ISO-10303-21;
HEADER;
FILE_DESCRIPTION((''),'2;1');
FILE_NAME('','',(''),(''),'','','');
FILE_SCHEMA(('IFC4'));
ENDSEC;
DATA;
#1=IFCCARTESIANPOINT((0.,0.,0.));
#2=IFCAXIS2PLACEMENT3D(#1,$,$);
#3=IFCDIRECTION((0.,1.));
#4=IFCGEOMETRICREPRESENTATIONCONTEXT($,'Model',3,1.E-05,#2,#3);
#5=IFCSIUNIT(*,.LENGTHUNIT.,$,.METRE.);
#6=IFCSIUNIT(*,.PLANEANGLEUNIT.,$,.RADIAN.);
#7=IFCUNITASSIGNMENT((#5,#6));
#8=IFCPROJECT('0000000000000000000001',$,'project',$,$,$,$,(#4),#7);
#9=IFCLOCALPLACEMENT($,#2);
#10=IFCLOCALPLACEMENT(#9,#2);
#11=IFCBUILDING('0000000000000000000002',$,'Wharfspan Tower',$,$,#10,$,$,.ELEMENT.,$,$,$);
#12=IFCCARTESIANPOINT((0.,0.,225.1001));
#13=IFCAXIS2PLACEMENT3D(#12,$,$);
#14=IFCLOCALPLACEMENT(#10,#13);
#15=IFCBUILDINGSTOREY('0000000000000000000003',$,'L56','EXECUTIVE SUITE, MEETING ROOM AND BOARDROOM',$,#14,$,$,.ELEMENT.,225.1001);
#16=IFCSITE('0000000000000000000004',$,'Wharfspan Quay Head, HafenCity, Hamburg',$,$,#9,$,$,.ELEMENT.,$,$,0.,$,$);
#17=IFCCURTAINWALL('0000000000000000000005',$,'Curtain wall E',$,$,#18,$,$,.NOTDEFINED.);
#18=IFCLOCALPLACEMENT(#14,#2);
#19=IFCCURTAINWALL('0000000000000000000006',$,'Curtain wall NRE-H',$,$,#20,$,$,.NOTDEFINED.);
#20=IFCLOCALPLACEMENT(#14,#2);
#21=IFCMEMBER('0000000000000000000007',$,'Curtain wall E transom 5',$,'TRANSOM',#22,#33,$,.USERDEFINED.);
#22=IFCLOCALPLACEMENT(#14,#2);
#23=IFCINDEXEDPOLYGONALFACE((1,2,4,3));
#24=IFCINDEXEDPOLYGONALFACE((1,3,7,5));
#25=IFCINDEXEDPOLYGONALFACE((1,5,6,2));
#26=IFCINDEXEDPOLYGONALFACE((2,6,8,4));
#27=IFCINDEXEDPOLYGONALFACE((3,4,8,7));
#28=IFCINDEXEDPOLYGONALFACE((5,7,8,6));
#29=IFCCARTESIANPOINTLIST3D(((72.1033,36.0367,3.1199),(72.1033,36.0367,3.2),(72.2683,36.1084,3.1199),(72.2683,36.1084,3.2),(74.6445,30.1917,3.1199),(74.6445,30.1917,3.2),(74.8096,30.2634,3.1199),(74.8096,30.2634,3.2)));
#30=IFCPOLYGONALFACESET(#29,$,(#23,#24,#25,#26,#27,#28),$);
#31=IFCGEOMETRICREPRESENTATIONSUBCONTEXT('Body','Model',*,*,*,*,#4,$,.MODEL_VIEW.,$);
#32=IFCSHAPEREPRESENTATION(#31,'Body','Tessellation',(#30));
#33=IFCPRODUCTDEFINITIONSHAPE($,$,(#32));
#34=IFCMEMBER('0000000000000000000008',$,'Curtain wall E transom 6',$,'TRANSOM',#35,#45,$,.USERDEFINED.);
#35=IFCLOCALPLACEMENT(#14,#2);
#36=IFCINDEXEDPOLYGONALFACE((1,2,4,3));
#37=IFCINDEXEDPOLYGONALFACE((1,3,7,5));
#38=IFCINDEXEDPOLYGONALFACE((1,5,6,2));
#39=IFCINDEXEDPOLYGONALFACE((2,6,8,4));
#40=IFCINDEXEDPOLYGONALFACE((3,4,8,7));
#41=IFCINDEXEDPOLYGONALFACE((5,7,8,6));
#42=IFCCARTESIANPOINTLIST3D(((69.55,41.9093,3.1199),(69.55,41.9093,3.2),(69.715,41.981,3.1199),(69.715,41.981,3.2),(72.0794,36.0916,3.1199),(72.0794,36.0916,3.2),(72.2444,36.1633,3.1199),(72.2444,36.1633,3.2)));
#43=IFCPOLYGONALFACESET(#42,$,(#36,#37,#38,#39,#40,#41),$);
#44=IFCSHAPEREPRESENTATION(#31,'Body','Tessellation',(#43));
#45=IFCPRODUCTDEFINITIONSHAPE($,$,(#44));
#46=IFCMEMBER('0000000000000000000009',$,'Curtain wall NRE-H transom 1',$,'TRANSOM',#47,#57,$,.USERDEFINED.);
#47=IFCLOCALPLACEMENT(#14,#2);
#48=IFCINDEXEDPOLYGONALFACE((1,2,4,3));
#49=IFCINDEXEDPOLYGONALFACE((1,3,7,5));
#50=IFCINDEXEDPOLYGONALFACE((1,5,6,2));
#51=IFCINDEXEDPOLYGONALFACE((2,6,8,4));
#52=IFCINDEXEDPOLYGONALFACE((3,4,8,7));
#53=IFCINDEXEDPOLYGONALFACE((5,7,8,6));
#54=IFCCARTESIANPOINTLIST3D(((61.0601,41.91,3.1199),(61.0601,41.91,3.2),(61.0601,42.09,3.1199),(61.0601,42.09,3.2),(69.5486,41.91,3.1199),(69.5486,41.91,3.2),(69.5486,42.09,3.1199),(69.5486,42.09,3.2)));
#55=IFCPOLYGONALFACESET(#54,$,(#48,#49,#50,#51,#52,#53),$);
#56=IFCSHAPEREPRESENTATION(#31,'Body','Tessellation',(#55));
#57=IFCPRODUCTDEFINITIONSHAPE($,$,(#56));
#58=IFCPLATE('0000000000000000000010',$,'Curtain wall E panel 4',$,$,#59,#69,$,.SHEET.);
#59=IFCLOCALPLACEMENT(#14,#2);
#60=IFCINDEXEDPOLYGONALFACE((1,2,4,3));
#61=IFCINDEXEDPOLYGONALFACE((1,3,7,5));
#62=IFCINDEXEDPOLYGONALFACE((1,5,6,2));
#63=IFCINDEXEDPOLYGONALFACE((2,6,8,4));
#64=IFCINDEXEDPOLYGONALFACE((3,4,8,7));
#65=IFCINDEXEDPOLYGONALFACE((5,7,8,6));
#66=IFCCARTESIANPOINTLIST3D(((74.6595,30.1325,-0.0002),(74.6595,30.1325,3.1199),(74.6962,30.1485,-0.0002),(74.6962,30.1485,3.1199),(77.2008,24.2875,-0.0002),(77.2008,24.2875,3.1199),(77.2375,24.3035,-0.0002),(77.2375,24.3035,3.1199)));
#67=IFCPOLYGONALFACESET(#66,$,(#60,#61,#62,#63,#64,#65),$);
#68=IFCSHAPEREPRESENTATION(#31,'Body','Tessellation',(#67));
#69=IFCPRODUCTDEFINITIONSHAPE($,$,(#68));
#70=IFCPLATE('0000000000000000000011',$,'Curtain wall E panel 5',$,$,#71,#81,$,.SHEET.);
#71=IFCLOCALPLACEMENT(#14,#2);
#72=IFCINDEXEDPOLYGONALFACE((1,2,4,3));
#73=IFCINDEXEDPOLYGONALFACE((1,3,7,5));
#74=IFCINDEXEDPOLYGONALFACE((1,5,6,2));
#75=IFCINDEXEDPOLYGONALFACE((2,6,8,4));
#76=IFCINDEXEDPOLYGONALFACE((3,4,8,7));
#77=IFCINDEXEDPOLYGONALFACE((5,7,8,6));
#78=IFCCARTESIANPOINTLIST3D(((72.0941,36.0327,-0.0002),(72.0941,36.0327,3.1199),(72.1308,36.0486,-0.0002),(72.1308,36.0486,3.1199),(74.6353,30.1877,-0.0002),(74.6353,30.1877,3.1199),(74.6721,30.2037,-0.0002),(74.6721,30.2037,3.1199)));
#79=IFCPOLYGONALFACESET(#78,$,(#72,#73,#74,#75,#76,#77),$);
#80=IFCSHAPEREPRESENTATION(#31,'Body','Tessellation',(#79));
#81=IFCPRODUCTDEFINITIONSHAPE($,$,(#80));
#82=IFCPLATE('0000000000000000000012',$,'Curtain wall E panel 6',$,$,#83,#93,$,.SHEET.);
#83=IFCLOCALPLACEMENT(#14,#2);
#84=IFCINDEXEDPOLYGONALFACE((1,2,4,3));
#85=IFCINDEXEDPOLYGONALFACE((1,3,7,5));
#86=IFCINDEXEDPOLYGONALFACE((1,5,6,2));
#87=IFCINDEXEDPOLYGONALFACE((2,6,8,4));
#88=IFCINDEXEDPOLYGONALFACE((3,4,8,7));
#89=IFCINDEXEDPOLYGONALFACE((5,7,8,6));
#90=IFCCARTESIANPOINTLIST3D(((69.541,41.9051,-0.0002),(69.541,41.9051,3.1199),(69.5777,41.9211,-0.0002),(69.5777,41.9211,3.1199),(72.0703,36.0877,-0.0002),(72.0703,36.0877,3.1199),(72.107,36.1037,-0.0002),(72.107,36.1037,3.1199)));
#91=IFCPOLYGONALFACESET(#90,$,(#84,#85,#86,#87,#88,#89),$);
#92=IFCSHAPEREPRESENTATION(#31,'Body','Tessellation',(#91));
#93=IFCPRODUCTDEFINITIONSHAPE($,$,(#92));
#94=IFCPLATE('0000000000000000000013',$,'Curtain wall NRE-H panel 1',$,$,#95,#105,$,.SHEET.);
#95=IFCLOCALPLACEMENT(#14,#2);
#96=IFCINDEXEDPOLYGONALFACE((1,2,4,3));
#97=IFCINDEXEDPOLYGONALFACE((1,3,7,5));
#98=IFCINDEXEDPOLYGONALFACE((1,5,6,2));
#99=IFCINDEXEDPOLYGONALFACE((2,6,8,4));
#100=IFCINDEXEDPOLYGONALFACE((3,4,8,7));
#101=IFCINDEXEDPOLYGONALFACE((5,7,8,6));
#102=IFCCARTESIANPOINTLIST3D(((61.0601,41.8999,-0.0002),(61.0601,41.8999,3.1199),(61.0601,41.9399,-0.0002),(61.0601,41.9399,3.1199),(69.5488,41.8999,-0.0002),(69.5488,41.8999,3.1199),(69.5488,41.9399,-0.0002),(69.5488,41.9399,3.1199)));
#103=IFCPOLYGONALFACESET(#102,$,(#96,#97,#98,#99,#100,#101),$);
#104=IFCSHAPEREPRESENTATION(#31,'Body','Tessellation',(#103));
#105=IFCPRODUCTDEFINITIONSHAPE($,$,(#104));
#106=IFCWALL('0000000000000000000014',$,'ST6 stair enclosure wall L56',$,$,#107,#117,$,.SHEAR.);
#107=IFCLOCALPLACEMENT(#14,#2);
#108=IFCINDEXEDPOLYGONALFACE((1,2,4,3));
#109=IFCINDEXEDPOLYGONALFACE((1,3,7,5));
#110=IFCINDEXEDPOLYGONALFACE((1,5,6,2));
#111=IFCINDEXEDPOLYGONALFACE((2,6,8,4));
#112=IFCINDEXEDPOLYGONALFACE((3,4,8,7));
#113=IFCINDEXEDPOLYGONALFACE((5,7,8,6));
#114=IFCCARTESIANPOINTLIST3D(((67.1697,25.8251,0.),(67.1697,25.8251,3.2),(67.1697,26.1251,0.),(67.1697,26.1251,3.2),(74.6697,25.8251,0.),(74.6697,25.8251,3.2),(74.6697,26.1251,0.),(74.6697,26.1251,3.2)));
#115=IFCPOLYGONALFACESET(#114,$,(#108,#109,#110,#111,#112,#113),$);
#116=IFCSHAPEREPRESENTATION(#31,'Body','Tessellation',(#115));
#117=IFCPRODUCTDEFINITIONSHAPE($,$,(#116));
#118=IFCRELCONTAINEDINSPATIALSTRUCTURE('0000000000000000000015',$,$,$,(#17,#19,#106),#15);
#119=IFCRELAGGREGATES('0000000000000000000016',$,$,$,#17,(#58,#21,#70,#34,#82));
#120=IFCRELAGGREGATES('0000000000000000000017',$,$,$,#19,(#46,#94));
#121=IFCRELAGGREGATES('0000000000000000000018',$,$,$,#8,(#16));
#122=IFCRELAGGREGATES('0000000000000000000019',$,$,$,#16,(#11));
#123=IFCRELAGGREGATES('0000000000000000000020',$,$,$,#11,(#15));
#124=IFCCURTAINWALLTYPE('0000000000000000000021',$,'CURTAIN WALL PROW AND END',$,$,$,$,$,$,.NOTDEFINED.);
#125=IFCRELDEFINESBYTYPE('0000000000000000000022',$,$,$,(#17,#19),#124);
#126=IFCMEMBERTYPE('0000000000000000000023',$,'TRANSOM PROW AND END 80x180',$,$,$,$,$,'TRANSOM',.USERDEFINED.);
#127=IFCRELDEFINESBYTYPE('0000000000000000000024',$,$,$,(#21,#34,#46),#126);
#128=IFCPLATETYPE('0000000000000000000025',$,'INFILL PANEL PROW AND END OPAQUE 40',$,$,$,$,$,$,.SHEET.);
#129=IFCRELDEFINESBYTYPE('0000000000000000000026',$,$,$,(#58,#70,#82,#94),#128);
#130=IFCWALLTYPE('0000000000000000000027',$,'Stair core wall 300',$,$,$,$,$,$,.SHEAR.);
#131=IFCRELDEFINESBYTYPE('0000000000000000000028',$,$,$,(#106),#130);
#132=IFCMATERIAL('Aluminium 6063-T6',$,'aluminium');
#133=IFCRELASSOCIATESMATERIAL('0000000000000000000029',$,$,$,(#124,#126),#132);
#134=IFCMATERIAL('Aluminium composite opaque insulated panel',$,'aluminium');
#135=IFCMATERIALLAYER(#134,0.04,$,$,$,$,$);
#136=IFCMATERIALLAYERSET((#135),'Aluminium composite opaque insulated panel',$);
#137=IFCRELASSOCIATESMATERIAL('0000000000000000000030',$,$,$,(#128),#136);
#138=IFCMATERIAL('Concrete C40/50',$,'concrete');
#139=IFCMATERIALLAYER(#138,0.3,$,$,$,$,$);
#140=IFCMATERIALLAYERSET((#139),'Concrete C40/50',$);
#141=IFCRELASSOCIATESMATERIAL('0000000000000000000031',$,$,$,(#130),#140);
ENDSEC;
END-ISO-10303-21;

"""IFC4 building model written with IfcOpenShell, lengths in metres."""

from ifc_helpers import new_model, si_unit, direction, frame, frame_2d, origin, origin_2d, place, context, subcontext, project, spatial, rectangle, extrude, material, layer, layer_set, material_profile, profile_set, type_object, element, aggregate, save


model = new_model("IFC4")

# Units and contexts
model_context = context("Model", 3, precision=1e-05, world=origin(), true_north=direction((0.0, 1.0)))
body_context = subcontext(model_context, "Body", "Model", "MODEL_VIEW")
ifc_project = project(units=[si_unit("LENGTHUNIT", "METRE"), si_unit("PLANEANGLEUNIT", "RADIAN")], contexts=[model_context])

# Site, building, storey
site_placement = place(None, origin())
site = spatial("IfcSite", under=ifc_project, at=site_placement, Name="Wharfspan Quay Head, HafenCity, Hamburg", CompositionType="ELEMENT", RefElevation=0.0)
building_placement = place(site_placement, origin())
building = spatial("IfcBuilding", under=site, at=building_placement, Name="Wharfspan Tower", CompositionType="ELEMENT")
storey_placement = place(building_placement, frame((0.0, 0.0, 225.1001)))
storey = spatial("IfcBuildingStorey", under=building, at=storey_placement, Name="L56", Description="EXECUTIVE SUITE, MEETING ROOM AND BOARDROOM", CompositionType="ELEMENT", Elevation=225.1001)

# Curtain wall
ifc_material_1 = material(Name="Aluminium 6063-T6", Category="aluminium")
curtain_wall_type = type_object("IfcCurtainWallType", Name="CURTAIN WALL PROW AND END", PredefinedType="NOTDEFINED", material=ifc_material_1)
curtain_wall_1_placement = place(storey_placement, origin())
curtain_wall_1 = element("IfcCurtainWall", 1, at=curtain_wall_1_placement, inside=storey, type_object=curtain_wall_type, Name="Curtain wall E", PredefinedType="NOTDEFINED")

# Curtain wall
curtain_wall_2_placement = place(storey_placement, origin())
curtain_wall_2 = element("IfcCurtainWall", 2, at=curtain_wall_2_placement, inside=storey, type_object=curtain_wall_type, Name="Curtain wall NRE-H", PredefinedType="NOTDEFINED")

# Members
ifc_material_profile_1 = material_profile(ifc_material_1, rectangle(XDim=0.1799, YDim=0.0801, at=origin_2d()))
ifc_profile_set_1 = profile_set([ifc_material_profile_1], Name="Aluminium 6063-T6")
member_type_1 = type_object("IfcMemberType", Name="TRANSOM PROW AND END 80x180", ElementType="TRANSOM", PredefinedType="USERDEFINED", material=ifc_profile_set_1)
member_1_placement = place(storey_placement, frame((74.7271, 30.2275, 3.1599), z_axis=(-0.398722, 0.917072, 0.0), x_axis=(-0.917072, -0.398722, 0.0)))
member_1 = element("IfcMember", 3, at=member_1_placement, type_object=member_type_1, Name="Curtain wall E transom 5", ObjectType="TRANSOM", PredefinedType="USERDEFINED", context=body_context, shape_type="SweptSolid", body=[
    extrude(rectangle(XDim=0.1799, YDim=0.0801, at=origin_2d()), origin(), (0.0, 0.0, 1.0), 6.3735),
])
member_2_placement = place(storey_placement, frame((72.1619, 36.1274, 3.1599), z_axis=(-0.398712, 0.917076, 0.0), x_axis=(-0.917076, -0.398712, 0.0)))
member_2 = element("IfcMember", 4, at=member_2_placement, type_object=member_type_1, Name="Curtain wall E transom 6", ObjectType="TRANSOM", PredefinedType="USERDEFINED", context=body_context, shape_type="SweptSolid", body=[
    extrude(rectangle(XDim=0.1799, YDim=0.0801, at=origin_2d()), origin(), (0.0, 0.0, 1.0), 6.3438),
])
member_3_placement = place(storey_placement, frame((69.5486, 42.0, 3.1599), z_axis=(-1.0, 0.0, 0.0), x_axis=(0.0, -1.0, 0.0)))
member_3 = element("IfcMember", 5, at=member_3_placement, type_object=member_type_1, Name="Curtain wall NRE-H transom 1", ObjectType="TRANSOM", PredefinedType="USERDEFINED", context=body_context, shape_type="SweptSolid", body=[
    extrude(rectangle(XDim=0.1799, YDim=0.0801, at=origin_2d()), origin(), (0.0, 0.0, 1.0), 8.4885),
])

# Plates
ifc_material_2 = material(Name="Aluminium composite opaque insulated panel", Category="aluminium")
ifc_layer_1 = layer(ifc_material_2, 0.04)
ifc_layer_set_1 = layer_set([ifc_layer_1], Name="Aluminium composite opaque insulated panel")
plate_type = type_object("IfcPlateType", Name="INFILL PANEL PROW AND END OPAQUE 40", PredefinedType="SHEET", material=ifc_layer_set_1)
plate_1_placement = place(storey_placement, frame((75.9485, 27.218, -0.0002), z_axis=(0.0, 0.0, 1.0), x_axis=(-0.398727, 0.917072, 0.0)))
plate_1 = element("IfcPlate", 6, at=plate_1_placement, type_object=plate_type, Name="Curtain wall E panel 4", PredefinedType="SHEET", context=body_context, shape_type="SweptSolid", body=[
    extrude(rectangle(XDim=6.3735, YDim=0.04, at=origin_2d()), origin(), (0.0, 0.0, 1.0), 3.1201),
])
plate_2_placement = place(storey_placement, frame((73.3831, 33.1182, -0.0002), z_axis=(0.0, 0.0, 1.0), x_axis=(-0.398727, 0.917072, 0.0)))
plate_2 = element("IfcPlate", 7, at=plate_2_placement, type_object=plate_type, Name="Curtain wall E panel 5", PredefinedType="SHEET", context=body_context, shape_type="SweptSolid", body=[
    extrude(rectangle(XDim=6.3735, YDim=0.04, at=origin_2d()), origin(), (0.0, 0.0, 1.0), 3.1201),
])
plate_3_placement = place(storey_placement, frame((70.824, 39.0044, -0.0002), z_axis=(0.0, 0.0, 1.0), x_axis=(-0.398727, 0.917072, 0.0)))
plate_3 = element("IfcPlate", 8, at=plate_3_placement, type_object=plate_type, Name="Curtain wall E panel 6", PredefinedType="SHEET", context=body_context, shape_type="SweptSolid", body=[
    extrude(rectangle(XDim=6.3435, YDim=0.04, at=origin_2d()), origin(), (0.0, 0.0, 1.0), 3.1201),
])
aggregate(curtain_wall_1, [plate_1, member_1, plate_2, member_2, plate_3])
plate_4_placement = place(storey_placement, frame((65.3044, 41.9199, -0.0002), z_axis=(0.0, 0.0, 1.0), x_axis=(-1.0, 0.0, 0.0)))
plate_4 = element("IfcPlate", 9, at=plate_4_placement, type_object=plate_type, Name="Curtain wall NRE-H panel 1", PredefinedType="SHEET", context=body_context, shape_type="SweptSolid", body=[
    extrude(rectangle(XDim=8.4888, YDim=0.04, at=origin_2d()), origin(), (0.0, 0.0, 1.0), 3.1201),
])
aggregate(curtain_wall_2, [member_3, plate_4])

# Wall
ifc_material_3 = material(Name="Concrete C40/50", Category="concrete")
ifc_layer_2 = layer(ifc_material_3, 0.3)
ifc_layer_set_2 = layer_set([ifc_layer_2], Name="Concrete C40/50")
wall_type = type_object("IfcWallType", Name="Stair core wall 300", PredefinedType="SHEAR", material=ifc_layer_set_2)
wall_placement = place(storey_placement, frame((67.1697, 25.9751, 0.0), z_axis=(0.0, 0.0, 1.0), x_axis=(1.0, 0.0, 0.0)))
element("IfcWall", 10, at=wall_placement, inside=storey, type_object=wall_type, Name="ST6 stair enclosure wall L56", PredefinedType="SHEAR", context=body_context, shape_type="SweptSolid", body=[
    extrude(rectangle(XDim=7.5, YDim=0.3, at=frame_2d((3.75, 0.0))), origin(), (0.0, 0.0, 1.0), 3.2),
])

save(model, "model.ifc")
